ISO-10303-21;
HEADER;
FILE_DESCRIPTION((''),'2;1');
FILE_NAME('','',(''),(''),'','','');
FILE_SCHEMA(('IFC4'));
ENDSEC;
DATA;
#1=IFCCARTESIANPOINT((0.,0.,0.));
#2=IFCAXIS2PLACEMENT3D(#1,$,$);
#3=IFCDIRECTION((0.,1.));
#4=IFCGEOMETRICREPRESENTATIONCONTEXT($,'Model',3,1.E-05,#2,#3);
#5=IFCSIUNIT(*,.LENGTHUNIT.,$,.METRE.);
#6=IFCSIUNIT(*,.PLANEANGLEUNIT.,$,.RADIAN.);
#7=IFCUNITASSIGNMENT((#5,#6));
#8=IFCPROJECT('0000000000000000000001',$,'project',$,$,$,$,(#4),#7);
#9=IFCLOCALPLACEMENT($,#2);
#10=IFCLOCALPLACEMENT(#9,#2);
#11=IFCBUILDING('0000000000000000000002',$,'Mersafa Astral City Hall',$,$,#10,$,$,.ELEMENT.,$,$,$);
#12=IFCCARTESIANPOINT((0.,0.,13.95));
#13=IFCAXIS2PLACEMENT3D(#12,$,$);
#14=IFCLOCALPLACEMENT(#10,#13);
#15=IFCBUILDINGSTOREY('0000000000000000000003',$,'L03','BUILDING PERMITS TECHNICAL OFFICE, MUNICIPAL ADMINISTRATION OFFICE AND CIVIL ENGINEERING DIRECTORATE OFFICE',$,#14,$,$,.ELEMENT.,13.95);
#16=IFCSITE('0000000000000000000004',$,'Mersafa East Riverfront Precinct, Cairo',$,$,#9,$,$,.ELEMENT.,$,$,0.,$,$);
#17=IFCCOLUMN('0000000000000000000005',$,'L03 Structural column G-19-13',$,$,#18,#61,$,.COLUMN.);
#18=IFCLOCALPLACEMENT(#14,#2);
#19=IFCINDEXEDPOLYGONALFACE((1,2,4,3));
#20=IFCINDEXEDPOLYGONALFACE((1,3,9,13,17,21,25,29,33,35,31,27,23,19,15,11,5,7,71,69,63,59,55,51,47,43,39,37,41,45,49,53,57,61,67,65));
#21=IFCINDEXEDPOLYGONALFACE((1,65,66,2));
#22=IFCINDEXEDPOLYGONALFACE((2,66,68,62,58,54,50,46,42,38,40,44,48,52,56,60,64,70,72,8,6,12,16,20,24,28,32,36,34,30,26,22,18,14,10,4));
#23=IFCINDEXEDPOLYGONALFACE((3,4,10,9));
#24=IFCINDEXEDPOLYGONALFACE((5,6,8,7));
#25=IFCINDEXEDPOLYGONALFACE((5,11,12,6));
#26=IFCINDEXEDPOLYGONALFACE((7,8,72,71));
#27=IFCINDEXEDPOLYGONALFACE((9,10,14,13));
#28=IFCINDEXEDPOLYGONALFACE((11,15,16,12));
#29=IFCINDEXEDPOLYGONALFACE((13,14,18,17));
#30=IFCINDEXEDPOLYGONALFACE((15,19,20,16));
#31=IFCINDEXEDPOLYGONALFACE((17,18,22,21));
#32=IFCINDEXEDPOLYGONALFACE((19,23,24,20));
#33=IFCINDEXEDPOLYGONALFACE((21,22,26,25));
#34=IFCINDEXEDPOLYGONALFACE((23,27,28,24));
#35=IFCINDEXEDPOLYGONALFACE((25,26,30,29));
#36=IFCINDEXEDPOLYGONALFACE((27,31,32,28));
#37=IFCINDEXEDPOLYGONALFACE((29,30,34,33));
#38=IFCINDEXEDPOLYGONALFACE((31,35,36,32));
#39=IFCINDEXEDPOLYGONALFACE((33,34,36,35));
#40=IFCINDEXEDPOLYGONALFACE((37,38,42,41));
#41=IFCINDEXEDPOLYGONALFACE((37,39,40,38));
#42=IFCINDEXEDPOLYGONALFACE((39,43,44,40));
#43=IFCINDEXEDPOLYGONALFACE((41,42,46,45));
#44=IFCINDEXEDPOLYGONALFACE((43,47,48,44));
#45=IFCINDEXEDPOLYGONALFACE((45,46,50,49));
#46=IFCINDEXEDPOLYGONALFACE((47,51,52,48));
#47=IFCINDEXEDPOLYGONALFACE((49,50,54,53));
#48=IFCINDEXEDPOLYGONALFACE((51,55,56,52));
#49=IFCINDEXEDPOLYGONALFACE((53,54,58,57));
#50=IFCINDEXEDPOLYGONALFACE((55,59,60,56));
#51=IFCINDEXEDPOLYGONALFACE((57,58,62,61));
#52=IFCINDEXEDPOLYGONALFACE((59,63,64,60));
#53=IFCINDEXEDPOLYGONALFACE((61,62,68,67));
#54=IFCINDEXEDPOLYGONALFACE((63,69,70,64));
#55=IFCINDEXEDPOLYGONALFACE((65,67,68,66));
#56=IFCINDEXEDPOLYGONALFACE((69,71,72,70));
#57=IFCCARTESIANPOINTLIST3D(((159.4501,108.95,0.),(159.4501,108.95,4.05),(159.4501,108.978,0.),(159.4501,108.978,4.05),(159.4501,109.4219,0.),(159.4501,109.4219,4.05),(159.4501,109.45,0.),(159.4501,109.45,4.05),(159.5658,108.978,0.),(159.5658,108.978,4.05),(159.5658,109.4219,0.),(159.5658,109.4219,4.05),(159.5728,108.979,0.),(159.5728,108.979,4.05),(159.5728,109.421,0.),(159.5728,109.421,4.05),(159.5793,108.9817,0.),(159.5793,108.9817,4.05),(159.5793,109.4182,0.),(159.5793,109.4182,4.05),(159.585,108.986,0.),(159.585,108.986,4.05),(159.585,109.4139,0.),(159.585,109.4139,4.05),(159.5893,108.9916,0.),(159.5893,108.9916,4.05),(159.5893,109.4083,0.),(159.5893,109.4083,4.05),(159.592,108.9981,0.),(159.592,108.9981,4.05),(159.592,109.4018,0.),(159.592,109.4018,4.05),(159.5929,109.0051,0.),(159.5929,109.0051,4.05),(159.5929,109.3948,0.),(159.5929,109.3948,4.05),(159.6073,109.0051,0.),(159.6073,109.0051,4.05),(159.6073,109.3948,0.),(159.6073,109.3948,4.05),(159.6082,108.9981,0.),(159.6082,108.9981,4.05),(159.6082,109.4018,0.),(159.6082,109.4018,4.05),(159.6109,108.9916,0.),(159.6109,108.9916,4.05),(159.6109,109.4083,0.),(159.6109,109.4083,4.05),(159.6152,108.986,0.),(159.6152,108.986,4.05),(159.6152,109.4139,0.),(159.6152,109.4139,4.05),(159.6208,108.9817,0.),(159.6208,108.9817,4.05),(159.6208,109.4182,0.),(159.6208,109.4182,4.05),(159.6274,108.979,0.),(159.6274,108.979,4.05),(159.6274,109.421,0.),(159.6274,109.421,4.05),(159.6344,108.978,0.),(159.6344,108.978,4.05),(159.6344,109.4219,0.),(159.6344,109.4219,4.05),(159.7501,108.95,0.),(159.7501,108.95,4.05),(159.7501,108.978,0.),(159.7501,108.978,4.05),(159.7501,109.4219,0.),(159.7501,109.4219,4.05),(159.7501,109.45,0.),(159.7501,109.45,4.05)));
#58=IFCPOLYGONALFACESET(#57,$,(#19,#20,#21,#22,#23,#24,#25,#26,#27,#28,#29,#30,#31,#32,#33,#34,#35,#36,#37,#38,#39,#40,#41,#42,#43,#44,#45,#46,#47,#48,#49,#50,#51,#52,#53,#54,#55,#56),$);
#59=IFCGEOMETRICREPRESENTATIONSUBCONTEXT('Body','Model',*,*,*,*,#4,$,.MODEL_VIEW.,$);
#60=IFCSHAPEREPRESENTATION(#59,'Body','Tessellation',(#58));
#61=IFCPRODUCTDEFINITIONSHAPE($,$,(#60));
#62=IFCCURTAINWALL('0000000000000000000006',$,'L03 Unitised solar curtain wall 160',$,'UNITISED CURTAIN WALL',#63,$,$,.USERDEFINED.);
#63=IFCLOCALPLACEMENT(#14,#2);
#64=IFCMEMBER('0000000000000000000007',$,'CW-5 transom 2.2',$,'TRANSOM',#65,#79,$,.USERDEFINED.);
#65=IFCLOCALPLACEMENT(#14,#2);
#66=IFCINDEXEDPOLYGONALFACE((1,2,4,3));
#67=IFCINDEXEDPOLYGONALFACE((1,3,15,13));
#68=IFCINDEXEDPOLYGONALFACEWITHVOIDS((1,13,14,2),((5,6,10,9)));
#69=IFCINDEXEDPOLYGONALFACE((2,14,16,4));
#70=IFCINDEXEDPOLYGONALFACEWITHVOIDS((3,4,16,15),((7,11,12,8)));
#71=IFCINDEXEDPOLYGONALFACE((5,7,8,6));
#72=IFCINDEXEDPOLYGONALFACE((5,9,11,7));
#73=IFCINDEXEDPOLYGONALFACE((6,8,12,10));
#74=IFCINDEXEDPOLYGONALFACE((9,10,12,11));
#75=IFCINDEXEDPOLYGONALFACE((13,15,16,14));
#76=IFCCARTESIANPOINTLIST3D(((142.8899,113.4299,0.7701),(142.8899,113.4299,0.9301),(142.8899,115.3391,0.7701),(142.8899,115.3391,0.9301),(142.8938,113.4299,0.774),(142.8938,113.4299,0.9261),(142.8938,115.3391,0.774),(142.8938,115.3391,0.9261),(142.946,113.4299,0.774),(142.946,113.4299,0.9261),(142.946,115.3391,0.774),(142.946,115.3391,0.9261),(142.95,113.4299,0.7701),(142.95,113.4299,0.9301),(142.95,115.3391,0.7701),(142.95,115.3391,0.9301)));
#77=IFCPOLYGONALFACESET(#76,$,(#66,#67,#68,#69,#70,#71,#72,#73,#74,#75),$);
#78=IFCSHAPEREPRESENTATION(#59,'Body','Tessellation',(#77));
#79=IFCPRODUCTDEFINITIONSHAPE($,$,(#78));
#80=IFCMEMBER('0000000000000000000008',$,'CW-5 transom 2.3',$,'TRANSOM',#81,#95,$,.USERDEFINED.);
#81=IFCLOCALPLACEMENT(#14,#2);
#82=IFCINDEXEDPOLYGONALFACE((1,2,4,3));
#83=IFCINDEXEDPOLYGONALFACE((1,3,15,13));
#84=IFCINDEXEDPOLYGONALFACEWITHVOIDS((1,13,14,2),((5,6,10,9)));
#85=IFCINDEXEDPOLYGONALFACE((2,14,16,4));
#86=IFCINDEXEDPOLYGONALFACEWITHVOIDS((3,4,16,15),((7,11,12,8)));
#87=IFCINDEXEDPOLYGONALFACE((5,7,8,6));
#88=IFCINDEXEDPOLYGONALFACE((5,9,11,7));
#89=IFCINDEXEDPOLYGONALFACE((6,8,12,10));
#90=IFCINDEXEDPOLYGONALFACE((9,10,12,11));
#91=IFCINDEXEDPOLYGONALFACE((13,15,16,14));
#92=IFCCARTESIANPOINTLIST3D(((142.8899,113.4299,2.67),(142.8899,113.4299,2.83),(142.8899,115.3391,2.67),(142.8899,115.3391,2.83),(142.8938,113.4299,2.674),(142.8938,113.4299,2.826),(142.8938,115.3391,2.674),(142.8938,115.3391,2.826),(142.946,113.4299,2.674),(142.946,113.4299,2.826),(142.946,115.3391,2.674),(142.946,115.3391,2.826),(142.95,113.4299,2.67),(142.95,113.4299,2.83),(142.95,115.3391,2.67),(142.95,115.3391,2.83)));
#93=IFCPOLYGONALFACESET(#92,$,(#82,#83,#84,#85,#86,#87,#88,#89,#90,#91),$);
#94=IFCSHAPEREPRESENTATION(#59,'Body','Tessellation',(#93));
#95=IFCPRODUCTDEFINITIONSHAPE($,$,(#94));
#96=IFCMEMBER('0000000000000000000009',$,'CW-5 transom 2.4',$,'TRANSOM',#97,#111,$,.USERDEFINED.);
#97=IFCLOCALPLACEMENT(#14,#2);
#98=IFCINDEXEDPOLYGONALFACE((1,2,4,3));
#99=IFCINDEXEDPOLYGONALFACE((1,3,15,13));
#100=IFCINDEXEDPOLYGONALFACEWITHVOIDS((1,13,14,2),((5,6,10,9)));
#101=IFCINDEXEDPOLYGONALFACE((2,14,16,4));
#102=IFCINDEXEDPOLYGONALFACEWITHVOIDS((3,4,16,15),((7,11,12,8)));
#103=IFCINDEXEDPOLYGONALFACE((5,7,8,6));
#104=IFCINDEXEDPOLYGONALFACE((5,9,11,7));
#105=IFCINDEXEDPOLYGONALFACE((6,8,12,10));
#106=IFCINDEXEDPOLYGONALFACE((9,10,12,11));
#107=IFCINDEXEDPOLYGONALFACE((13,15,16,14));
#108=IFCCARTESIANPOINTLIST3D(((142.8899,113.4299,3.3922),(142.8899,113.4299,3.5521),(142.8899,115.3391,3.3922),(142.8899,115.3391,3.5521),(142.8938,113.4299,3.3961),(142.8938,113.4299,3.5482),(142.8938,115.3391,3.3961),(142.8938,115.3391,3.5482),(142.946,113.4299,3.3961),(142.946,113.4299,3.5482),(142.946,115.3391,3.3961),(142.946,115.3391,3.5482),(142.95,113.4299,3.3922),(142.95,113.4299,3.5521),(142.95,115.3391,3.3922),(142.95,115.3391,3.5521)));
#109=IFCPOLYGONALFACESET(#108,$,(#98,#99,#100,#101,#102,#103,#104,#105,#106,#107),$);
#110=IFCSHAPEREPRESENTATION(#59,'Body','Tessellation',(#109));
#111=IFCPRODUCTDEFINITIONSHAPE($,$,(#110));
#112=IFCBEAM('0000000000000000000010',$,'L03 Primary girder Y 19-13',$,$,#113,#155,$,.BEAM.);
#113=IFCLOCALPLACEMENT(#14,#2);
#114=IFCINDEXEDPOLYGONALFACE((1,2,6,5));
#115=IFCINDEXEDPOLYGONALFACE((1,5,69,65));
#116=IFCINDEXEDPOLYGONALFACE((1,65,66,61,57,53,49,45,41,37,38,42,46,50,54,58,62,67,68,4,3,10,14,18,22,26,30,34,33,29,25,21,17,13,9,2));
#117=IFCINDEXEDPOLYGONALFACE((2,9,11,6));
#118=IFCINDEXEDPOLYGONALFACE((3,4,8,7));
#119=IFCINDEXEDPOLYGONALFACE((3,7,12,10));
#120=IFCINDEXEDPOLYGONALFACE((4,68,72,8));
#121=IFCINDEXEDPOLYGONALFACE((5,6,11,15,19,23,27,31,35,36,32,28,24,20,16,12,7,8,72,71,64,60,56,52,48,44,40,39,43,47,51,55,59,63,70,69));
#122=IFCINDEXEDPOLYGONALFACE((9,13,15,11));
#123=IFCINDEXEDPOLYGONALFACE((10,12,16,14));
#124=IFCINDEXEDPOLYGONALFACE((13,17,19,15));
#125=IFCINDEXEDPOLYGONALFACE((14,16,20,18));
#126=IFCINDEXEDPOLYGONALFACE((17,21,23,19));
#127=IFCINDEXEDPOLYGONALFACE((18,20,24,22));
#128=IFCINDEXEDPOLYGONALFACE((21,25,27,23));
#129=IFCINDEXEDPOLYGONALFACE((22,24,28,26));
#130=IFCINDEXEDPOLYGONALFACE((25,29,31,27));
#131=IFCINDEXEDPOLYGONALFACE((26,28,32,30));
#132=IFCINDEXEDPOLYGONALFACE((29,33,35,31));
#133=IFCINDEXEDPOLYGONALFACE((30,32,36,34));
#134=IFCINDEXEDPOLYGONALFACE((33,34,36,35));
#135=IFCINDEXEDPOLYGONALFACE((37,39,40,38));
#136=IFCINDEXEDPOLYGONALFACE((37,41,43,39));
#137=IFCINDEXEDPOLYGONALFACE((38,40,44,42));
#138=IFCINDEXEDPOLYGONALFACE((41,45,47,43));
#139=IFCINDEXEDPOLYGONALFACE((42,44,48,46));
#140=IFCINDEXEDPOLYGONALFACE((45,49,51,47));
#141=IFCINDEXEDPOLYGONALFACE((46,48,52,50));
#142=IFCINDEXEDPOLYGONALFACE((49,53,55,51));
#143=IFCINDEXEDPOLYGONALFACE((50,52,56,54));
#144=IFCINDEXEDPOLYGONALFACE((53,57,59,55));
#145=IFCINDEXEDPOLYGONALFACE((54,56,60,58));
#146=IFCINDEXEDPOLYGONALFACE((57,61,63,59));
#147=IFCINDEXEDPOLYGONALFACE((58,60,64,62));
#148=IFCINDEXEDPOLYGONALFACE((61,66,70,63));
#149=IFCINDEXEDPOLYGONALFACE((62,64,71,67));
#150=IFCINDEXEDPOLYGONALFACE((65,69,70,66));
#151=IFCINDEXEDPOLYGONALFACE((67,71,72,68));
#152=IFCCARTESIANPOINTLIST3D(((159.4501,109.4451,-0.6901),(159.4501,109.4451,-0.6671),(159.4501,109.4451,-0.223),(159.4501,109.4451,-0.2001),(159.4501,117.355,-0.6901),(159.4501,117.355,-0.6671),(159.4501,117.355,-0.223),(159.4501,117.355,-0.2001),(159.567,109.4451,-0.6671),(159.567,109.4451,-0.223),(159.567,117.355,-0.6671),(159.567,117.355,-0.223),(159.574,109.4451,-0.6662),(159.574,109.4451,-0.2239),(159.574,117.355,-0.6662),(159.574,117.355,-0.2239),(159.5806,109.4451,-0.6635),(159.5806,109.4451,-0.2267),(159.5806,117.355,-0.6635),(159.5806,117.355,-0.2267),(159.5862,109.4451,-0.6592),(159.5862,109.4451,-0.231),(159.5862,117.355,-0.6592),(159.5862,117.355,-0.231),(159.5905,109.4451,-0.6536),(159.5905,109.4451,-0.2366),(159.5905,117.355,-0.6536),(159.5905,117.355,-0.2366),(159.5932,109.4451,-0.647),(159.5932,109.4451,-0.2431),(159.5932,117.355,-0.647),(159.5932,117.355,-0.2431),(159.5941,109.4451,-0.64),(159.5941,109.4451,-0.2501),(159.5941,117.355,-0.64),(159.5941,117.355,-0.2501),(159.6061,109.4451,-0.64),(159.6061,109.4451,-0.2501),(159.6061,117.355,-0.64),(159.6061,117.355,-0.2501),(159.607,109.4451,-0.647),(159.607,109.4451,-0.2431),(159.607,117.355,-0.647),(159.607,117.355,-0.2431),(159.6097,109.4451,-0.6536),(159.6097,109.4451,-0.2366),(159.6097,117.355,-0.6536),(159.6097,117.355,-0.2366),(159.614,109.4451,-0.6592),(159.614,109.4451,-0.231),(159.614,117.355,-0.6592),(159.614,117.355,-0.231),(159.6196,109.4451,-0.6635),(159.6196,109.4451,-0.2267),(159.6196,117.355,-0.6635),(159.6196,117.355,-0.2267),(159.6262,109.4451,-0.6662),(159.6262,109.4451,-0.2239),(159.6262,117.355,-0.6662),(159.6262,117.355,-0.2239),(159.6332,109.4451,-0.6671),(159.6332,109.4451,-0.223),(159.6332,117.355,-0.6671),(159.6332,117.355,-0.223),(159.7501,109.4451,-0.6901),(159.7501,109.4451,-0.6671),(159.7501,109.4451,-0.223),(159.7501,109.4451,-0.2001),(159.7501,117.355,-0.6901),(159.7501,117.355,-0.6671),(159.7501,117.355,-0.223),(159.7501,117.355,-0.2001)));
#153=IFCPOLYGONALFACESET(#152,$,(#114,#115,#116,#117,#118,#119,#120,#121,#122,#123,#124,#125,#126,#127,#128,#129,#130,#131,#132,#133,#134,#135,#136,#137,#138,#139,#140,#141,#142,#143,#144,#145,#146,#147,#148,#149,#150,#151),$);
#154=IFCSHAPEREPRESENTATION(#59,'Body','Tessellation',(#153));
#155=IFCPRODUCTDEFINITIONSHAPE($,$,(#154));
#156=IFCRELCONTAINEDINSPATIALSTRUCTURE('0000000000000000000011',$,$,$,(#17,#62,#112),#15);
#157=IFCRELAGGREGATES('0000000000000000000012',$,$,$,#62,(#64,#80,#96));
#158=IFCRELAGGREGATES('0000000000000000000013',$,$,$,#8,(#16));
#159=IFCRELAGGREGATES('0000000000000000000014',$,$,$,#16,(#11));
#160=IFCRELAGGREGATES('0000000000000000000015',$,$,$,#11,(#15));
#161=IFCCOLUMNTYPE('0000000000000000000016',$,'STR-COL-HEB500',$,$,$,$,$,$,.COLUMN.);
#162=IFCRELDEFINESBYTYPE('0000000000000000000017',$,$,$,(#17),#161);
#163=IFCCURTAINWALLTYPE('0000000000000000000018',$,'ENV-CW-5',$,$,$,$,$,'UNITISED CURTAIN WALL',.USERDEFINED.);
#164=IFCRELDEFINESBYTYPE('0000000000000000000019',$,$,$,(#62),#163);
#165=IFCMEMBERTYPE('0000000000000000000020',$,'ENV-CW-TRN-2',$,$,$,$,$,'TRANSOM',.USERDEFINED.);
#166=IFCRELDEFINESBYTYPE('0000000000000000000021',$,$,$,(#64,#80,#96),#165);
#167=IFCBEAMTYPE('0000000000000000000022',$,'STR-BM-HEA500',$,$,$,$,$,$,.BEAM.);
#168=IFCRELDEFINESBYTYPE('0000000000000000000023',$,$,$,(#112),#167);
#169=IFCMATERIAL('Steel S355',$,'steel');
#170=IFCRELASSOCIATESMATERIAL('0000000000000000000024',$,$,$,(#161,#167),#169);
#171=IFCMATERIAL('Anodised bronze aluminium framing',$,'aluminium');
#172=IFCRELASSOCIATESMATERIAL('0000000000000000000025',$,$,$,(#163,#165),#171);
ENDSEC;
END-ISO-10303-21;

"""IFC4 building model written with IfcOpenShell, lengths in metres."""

from ifc_helpers import new_model, si_unit, direction, frame, origin, origin_2d, place, context, subcontext, project, spatial, hollow_rectangle, i_section, extrude, material, material_profile, profile_set, type_object, element, aggregate, save


model = new_model("IFC4")

# Units and contexts
model_context = context("Model", 3, precision=1e-05, world=origin(), true_north=direction((0.0, 1.0)))
body_context = subcontext(model_context, "Body", "Model", "MODEL_VIEW")
ifc_project = project(units=[si_unit("LENGTHUNIT", "METRE"), si_unit("PLANEANGLEUNIT", "RADIAN")], contexts=[model_context])

# Site, building, storey
site_placement = place(None, origin())
site = spatial("IfcSite", under=ifc_project, at=site_placement, Name="Mersafa East Riverfront Precinct, Cairo", CompositionType="ELEMENT", RefElevation=0.0)
building_placement = place(site_placement, origin())
building = spatial("IfcBuilding", under=site, at=building_placement, Name="Mersafa Astral City Hall", CompositionType="ELEMENT")
storey_placement = place(building_placement, frame((0.0, 0.0, 13.95)))
storey = spatial("IfcBuildingStorey", under=building, at=storey_placement, Name="L03", Description="BUILDING PERMITS TECHNICAL OFFICE, MUNICIPAL ADMINISTRATION OFFICE AND CIVIL ENGINEERING DIRECTORATE OFFICE", CompositionType="ELEMENT", Elevation=13.95)

# Column
ifc_material_1 = material(Name="Steel S355", Category="steel")
ifc_material_profile_1 = material_profile(ifc_material_1, i_section(OverallWidth=0.3, OverallDepth=0.5, WebThickness=0.0144, FlangeThickness=0.0281, FilletRadius=0.0271, at=origin_2d()), Name="HEB 500")
ifc_profile_set_1 = profile_set([ifc_material_profile_1], Name="Steel S355")
column_type = type_object("IfcColumnType", Name="STR-COL-HEB500", PredefinedType="COLUMN", material=ifc_profile_set_1)
column_placement = place(storey_placement, frame((159.6001, 109.2, 0.0), z_axis=(0.0, 0.0, 1.0), x_axis=(1.0, 0.0, 0.0)))
element("IfcColumn", 1, at=column_placement, inside=storey, type_object=column_type, Name="L03 Structural column G-19-13", PredefinedType="COLUMN", context=body_context, shape_type="SweptSolid", body=[
    extrude(i_section(OverallWidth=0.3, OverallDepth=0.5, WebThickness=0.0144, FlangeThickness=0.0281, FilletRadius=0.0271, at=origin_2d()), origin(), (0.0, 0.0, 1.0), 4.05),
])

# Curtain wall, members
ifc_material_2 = material(Name="Anodised bronze aluminium framing", Category="aluminium")
curtain_wall_type = type_object("IfcCurtainWallType", Name="ENV-CW-5", ElementType="UNITISED CURTAIN WALL", PredefinedType="USERDEFINED", material=ifc_material_2)
curtain_wall_placement = place(storey_placement, origin())
curtain_wall = element("IfcCurtainWall", 2, at=curtain_wall_placement, inside=storey, type_object=curtain_wall_type, Name="L03 Unitised solar curtain wall 160", ObjectType="UNITISED CURTAIN WALL", PredefinedType="USERDEFINED")
ifc_material_profile_2 = material_profile(ifc_material_2, hollow_rectangle(XDim=0.0601, YDim=0.1599, WallThickness=0.0039, at=origin_2d()), Name="RHS 60x160x4")
ifc_profile_set_2 = profile_set([ifc_material_profile_2], Name="Anodised bronze aluminium framing")
member_type = type_object("IfcMemberType", Name="ENV-CW-TRN-2", ElementType="TRANSOM", PredefinedType="USERDEFINED", material=ifc_profile_set_2)
member_1_placement = place(storey_placement, frame((142.9199, 115.3391, 0.8501), z_axis=(0.0, -1.0, 0.0), x_axis=(1.0, 0.0, 0.0)))
member_1 = element("IfcMember", 3, at=member_1_placement, type_object=member_type, Name="CW-5 transom 2.2", ObjectType="TRANSOM", PredefinedType="USERDEFINED", context=body_context, shape_type="SweptSolid", body=[
    extrude(hollow_rectangle(XDim=0.0601, YDim=0.1599, WallThickness=0.0039, at=origin_2d()), origin(), (0.0, 0.0, 1.0), 1.9092),
])
member_2_placement = place(storey_placement, frame((142.9199, 115.3391, 2.75), z_axis=(0.0, -1.0, 0.0), x_axis=(1.0, 0.0, 0.0)))
member_2 = element("IfcMember", 4, at=member_2_placement, type_object=member_type, Name="CW-5 transom 2.3", ObjectType="TRANSOM", PredefinedType="USERDEFINED", context=body_context, shape_type="SweptSolid", body=[
    extrude(hollow_rectangle(XDim=0.0601, YDim=0.1599, WallThickness=0.0039, at=origin_2d()), origin(), (0.0, 0.0, 1.0), 1.9092),
])
member_3_placement = place(storey_placement, frame((142.9199, 115.3391, 3.4722), z_axis=(0.0, -1.0, 0.0), x_axis=(1.0, 0.0, 0.0)))
member_3 = element("IfcMember", 5, at=member_3_placement, type_object=member_type, Name="CW-5 transom 2.4", ObjectType="TRANSOM", PredefinedType="USERDEFINED", context=body_context, shape_type="SweptSolid", body=[
    extrude(hollow_rectangle(XDim=0.0601, YDim=0.1599, WallThickness=0.0039, at=origin_2d()), origin(), (0.0, 0.0, 1.0), 1.9092),
])
aggregate(curtain_wall, [member_1, member_2, member_3])

# Beam
ifc_material_profile_3 = material_profile(ifc_material_1, i_section(OverallWidth=0.3, OverallDepth=0.49, WebThickness=0.012, FlangeThickness=0.0229, FilletRadius=0.0271, at=origin_2d()), Name="HEA 500")
ifc_profile_set_3 = profile_set([ifc_material_profile_3], Name="Steel S355")
beam_type_1 = type_object("IfcBeamType", Name="STR-BM-HEA500", PredefinedType="BEAM", material=ifc_profile_set_3)
beam_1_placement = place(storey_placement, frame((159.6001, 109.4451, -0.4451), z_axis=(0.0, 1.0, 0.0), x_axis=(-1.0, 0.0, 0.0)))
element("IfcBeam", 6, at=beam_1_placement, inside=storey, type_object=beam_type_1, Name="L03 Primary girder Y 19-13", PredefinedType="BEAM", context=body_context, shape_type="SweptSolid", body=[
    extrude(i_section(OverallWidth=0.3, OverallDepth=0.49, WebThickness=0.012, FlangeThickness=0.0229, FilletRadius=0.0271, at=origin_2d()), origin(), (0.0, 0.0, 1.0), 7.9099),
])

save(model, "model.ifc")
